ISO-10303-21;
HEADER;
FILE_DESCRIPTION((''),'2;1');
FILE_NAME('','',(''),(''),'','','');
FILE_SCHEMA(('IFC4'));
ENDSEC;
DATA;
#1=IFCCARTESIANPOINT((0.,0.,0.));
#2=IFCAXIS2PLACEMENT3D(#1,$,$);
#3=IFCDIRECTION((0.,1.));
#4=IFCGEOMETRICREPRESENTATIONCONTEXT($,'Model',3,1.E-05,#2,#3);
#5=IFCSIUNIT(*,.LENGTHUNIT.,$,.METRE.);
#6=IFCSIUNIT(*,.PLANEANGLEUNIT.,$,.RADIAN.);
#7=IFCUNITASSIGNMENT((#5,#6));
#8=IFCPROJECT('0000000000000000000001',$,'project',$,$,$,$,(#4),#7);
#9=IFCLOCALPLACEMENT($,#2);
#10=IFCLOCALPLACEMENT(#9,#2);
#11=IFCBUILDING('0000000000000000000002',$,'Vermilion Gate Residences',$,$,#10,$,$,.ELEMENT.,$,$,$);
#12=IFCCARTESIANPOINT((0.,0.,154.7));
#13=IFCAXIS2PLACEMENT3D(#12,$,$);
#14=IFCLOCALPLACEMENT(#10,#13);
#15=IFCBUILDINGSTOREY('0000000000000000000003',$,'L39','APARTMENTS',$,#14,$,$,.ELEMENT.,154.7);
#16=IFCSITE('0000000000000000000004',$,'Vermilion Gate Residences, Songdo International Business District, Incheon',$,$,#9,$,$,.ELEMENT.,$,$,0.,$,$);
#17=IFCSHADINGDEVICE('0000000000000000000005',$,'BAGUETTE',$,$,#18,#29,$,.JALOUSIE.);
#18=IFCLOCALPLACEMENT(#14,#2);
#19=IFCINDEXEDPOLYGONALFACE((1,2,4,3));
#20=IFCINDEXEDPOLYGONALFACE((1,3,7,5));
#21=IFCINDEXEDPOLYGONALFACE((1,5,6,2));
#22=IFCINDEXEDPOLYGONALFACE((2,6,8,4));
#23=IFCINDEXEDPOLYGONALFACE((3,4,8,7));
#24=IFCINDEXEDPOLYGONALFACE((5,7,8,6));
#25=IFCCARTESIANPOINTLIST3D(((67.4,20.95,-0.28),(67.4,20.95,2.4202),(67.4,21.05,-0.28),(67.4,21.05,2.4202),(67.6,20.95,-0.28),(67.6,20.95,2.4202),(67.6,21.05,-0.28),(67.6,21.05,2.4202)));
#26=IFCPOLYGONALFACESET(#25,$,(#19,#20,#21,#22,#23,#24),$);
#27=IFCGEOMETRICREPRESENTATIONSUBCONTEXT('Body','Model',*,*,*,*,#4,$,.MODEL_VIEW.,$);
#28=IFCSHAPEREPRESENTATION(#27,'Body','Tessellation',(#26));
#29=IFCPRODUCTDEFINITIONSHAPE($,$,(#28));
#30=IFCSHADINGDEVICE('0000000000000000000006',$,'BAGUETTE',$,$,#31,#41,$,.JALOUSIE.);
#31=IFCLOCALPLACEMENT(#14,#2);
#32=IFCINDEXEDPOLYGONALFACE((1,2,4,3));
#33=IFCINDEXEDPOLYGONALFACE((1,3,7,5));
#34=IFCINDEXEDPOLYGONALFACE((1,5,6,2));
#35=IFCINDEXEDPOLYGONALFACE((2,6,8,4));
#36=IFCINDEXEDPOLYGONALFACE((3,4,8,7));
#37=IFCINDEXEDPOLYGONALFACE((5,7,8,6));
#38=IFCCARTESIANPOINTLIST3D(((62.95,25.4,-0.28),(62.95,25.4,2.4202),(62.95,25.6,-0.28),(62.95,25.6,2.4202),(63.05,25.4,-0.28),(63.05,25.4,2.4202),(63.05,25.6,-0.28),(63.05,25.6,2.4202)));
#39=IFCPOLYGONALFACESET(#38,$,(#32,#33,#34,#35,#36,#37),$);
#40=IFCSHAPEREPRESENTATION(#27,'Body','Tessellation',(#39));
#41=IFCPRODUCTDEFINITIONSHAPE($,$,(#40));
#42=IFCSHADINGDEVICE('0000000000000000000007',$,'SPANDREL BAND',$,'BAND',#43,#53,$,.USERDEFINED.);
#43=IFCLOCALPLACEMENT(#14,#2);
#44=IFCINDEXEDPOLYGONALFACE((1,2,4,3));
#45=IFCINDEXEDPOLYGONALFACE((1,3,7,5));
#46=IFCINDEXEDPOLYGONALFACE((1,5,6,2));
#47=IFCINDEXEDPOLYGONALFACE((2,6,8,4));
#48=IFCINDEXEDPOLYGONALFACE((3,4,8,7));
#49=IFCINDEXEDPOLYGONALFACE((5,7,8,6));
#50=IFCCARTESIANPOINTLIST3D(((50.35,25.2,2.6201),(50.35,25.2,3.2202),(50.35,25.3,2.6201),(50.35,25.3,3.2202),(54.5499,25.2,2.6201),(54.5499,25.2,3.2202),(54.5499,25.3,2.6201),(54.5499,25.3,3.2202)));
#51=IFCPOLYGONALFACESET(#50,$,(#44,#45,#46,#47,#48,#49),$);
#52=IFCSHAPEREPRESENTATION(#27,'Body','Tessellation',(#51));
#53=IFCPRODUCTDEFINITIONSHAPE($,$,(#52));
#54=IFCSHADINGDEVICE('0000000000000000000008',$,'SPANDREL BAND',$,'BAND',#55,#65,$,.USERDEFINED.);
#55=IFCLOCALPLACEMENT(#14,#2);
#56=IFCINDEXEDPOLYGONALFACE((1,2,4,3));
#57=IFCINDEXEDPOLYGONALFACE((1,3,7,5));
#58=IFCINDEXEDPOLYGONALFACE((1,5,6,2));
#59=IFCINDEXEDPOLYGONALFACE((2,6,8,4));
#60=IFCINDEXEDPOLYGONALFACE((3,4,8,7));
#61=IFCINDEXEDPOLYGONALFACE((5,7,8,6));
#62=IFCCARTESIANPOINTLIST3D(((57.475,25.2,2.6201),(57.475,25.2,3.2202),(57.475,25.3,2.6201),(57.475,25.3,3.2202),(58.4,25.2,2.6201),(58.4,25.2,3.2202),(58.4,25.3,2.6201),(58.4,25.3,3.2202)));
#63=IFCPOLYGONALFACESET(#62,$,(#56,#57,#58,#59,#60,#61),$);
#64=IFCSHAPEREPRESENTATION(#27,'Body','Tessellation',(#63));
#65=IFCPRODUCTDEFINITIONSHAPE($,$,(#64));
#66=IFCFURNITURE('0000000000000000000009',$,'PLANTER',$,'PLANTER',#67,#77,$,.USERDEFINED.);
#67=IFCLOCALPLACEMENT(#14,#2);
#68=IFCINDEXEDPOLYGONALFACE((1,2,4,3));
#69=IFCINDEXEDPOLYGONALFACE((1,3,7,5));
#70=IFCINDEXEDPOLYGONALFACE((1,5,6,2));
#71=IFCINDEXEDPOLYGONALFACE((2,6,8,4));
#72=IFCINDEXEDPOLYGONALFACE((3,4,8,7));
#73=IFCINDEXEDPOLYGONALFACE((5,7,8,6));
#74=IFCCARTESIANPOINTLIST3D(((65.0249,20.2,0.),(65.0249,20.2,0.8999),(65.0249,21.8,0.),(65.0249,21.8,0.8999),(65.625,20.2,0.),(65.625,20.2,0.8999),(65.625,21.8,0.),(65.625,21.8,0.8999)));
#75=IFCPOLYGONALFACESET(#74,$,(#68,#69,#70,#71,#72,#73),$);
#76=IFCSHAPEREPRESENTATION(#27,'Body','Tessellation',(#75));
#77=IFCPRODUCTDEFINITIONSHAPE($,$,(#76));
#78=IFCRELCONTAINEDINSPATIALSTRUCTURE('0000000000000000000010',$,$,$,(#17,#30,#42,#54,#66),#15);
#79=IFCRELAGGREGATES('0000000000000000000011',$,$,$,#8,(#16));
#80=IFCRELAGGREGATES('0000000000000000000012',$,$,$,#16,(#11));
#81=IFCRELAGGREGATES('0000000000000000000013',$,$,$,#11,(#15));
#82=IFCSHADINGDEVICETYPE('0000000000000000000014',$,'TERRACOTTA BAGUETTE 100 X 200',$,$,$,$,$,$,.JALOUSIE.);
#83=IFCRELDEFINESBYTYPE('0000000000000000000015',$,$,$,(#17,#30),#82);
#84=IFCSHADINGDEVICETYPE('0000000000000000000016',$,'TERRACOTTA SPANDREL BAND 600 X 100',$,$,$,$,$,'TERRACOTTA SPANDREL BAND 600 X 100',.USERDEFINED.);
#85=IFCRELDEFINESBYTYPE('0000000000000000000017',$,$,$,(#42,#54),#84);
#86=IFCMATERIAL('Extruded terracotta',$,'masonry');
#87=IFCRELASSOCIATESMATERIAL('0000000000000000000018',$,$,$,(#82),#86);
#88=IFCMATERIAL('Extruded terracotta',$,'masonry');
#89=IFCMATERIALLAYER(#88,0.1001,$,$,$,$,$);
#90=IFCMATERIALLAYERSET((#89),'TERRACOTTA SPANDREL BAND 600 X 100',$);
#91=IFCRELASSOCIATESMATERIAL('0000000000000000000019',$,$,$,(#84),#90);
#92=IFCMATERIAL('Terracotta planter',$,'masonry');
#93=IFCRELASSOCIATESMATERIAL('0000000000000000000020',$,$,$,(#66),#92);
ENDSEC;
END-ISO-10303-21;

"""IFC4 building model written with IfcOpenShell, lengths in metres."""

from ifc_helpers import new_model, si_unit, direction, frame, origin, origin_2d, place, context, subcontext, project, spatial, rectangle, extrude, material, layer, layer_set, material_profile, profile_set, type_object, element, save


model = new_model("IFC4")

# Units and contexts
model_context = context("Model", 3, precision=1e-05, world=origin(), true_north=direction((0.0, 1.0)))
body_context = subcontext(model_context, "Body", "Model", "MODEL_VIEW")
ifc_project = project(units=[si_unit("LENGTHUNIT", "METRE"), si_unit("PLANEANGLEUNIT", "RADIAN")], contexts=[model_context])

# Site, building, storey
site_placement = place(None, origin())
site = spatial("IfcSite", under=ifc_project, at=site_placement, Name="Vermilion Gate Residences, Songdo International Business District, Incheon", CompositionType="ELEMENT", RefElevation=0.0)
building_placement = place(site_placement, origin())
building = spatial("IfcBuilding", under=site, at=building_placement, Name="Vermilion Gate Residences", CompositionType="ELEMENT")
storey_placement = place(building_placement, frame((0.0, 0.0, 154.7)))
storey = spatial("IfcBuildingStorey", under=building, at=storey_placement, Name="L39", Description="APARTMENTS", CompositionType="ELEMENT", Elevation=154.7)

# Shading devices
ifc_material_1 = material(Name="Extruded terracotta", Category="masonry")
ifc_material_profile_1 = material_profile(ifc_material_1, rectangle(XDim=0.2, YDim=0.1001, at=origin_2d()), Name="BAGUETTE 100 X 200")
ifc_profile_set_1 = profile_set([ifc_material_profile_1], Name="Extruded terracotta")
shading_device_type_1 = type_object("IfcShadingDeviceType", Name="TERRACOTTA BAGUETTE 100 X 200", PredefinedType="JALOUSIE", material=ifc_profile_set_1)
for number, where, z_axis, x_axis, name in (
    (1, (67.5, 21.0, -0.28), (0.0, 0.0, 1.0), (-1.0, 0.0, 0.0), "BAGUETTE"),
    (2, (63.0, 25.5, -0.28), (0.0, 0.0, 1.0), (0.0, -1.0, 0.0), "BAGUETTE"),
):
    element("IfcShadingDevice", number, at=place(storey_placement, frame(where, z_axis=z_axis, x_axis=x_axis)), inside=storey, type_object=shading_device_type_1, Name=name, PredefinedType="JALOUSIE", context=body_context, shape_type="SweptSolid", body=[
        extrude(rectangle(XDim=0.2, YDim=0.1001, at=origin_2d()), origin(), (0.0, 0.0, 1.0), 2.7002),
    ])
ifc_material_2 = material(Name="Extruded terracotta", Category="masonry")
ifc_layer_1 = layer(ifc_material_2, 0.1001)
ifc_layer_set_1 = layer_set([ifc_layer_1], Name="TERRACOTTA SPANDREL BAND 600 X 100")
shading_device_type_2 = type_object("IfcShadingDeviceType", Name="TERRACOTTA SPANDREL BAND 600 X 100", ElementType="TERRACOTTA SPANDREL BAND 600 X 100", PredefinedType="USERDEFINED", material=ifc_layer_set_1)
shading_device_1_placement = place(storey_placement, frame((52.45, 25.25, 2.6201), z_axis=(0.0, 0.0, 1.0), x_axis=(1.0, 0.0, 0.0)))
element("IfcShadingDevice", 3, at=shading_device_1_placement, inside=storey, type_object=shading_device_type_2, Name="SPANDREL BAND", ObjectType="BAND", PredefinedType="USERDEFINED", context=body_context, shape_type="SweptSolid", body=[
    extrude(rectangle(XDim=4.2, YDim=0.1001, at=origin_2d()), origin(), (0.0, 0.0, 1.0), 0.6001),
])
shading_device_2_placement = place(storey_placement, frame((57.9375, 25.25, 2.6201), z_axis=(0.0, 0.0, 1.0), x_axis=(1.0, 0.0, 0.0)))
element("IfcShadingDevice", 4, at=shading_device_2_placement, inside=storey, type_object=shading_device_type_2, Name="SPANDREL BAND", ObjectType="BAND", PredefinedType="USERDEFINED", context=body_context, shape_type="SweptSolid", body=[
    extrude(rectangle(XDim=0.925, YDim=0.1001, at=origin_2d()), origin(), (0.0, 0.0, 1.0), 0.6001),
])

# Furniture
ifc_material_3 = material(Name="Terracotta planter", Category="masonry")
furniture_placement = place(storey_placement, frame((65.325, 21.0, 0.0), z_axis=(0.0, 0.0, 1.0), x_axis=(0.0, 1.0, 0.0)))
element("IfcFurniture", 5, at=furniture_placement, inside=storey, material=ifc_material_3, Name="PLANTER", ObjectType="PLANTER", PredefinedType="USERDEFINED", context=body_context, shape_type="SweptSolid", body=[
    extrude(rectangle(XDim=1.6001, YDim=0.6001, at=origin_2d()), origin(), (0.0, 0.0, 1.0), 0.8999),
])

save(model, "model.ifc")
